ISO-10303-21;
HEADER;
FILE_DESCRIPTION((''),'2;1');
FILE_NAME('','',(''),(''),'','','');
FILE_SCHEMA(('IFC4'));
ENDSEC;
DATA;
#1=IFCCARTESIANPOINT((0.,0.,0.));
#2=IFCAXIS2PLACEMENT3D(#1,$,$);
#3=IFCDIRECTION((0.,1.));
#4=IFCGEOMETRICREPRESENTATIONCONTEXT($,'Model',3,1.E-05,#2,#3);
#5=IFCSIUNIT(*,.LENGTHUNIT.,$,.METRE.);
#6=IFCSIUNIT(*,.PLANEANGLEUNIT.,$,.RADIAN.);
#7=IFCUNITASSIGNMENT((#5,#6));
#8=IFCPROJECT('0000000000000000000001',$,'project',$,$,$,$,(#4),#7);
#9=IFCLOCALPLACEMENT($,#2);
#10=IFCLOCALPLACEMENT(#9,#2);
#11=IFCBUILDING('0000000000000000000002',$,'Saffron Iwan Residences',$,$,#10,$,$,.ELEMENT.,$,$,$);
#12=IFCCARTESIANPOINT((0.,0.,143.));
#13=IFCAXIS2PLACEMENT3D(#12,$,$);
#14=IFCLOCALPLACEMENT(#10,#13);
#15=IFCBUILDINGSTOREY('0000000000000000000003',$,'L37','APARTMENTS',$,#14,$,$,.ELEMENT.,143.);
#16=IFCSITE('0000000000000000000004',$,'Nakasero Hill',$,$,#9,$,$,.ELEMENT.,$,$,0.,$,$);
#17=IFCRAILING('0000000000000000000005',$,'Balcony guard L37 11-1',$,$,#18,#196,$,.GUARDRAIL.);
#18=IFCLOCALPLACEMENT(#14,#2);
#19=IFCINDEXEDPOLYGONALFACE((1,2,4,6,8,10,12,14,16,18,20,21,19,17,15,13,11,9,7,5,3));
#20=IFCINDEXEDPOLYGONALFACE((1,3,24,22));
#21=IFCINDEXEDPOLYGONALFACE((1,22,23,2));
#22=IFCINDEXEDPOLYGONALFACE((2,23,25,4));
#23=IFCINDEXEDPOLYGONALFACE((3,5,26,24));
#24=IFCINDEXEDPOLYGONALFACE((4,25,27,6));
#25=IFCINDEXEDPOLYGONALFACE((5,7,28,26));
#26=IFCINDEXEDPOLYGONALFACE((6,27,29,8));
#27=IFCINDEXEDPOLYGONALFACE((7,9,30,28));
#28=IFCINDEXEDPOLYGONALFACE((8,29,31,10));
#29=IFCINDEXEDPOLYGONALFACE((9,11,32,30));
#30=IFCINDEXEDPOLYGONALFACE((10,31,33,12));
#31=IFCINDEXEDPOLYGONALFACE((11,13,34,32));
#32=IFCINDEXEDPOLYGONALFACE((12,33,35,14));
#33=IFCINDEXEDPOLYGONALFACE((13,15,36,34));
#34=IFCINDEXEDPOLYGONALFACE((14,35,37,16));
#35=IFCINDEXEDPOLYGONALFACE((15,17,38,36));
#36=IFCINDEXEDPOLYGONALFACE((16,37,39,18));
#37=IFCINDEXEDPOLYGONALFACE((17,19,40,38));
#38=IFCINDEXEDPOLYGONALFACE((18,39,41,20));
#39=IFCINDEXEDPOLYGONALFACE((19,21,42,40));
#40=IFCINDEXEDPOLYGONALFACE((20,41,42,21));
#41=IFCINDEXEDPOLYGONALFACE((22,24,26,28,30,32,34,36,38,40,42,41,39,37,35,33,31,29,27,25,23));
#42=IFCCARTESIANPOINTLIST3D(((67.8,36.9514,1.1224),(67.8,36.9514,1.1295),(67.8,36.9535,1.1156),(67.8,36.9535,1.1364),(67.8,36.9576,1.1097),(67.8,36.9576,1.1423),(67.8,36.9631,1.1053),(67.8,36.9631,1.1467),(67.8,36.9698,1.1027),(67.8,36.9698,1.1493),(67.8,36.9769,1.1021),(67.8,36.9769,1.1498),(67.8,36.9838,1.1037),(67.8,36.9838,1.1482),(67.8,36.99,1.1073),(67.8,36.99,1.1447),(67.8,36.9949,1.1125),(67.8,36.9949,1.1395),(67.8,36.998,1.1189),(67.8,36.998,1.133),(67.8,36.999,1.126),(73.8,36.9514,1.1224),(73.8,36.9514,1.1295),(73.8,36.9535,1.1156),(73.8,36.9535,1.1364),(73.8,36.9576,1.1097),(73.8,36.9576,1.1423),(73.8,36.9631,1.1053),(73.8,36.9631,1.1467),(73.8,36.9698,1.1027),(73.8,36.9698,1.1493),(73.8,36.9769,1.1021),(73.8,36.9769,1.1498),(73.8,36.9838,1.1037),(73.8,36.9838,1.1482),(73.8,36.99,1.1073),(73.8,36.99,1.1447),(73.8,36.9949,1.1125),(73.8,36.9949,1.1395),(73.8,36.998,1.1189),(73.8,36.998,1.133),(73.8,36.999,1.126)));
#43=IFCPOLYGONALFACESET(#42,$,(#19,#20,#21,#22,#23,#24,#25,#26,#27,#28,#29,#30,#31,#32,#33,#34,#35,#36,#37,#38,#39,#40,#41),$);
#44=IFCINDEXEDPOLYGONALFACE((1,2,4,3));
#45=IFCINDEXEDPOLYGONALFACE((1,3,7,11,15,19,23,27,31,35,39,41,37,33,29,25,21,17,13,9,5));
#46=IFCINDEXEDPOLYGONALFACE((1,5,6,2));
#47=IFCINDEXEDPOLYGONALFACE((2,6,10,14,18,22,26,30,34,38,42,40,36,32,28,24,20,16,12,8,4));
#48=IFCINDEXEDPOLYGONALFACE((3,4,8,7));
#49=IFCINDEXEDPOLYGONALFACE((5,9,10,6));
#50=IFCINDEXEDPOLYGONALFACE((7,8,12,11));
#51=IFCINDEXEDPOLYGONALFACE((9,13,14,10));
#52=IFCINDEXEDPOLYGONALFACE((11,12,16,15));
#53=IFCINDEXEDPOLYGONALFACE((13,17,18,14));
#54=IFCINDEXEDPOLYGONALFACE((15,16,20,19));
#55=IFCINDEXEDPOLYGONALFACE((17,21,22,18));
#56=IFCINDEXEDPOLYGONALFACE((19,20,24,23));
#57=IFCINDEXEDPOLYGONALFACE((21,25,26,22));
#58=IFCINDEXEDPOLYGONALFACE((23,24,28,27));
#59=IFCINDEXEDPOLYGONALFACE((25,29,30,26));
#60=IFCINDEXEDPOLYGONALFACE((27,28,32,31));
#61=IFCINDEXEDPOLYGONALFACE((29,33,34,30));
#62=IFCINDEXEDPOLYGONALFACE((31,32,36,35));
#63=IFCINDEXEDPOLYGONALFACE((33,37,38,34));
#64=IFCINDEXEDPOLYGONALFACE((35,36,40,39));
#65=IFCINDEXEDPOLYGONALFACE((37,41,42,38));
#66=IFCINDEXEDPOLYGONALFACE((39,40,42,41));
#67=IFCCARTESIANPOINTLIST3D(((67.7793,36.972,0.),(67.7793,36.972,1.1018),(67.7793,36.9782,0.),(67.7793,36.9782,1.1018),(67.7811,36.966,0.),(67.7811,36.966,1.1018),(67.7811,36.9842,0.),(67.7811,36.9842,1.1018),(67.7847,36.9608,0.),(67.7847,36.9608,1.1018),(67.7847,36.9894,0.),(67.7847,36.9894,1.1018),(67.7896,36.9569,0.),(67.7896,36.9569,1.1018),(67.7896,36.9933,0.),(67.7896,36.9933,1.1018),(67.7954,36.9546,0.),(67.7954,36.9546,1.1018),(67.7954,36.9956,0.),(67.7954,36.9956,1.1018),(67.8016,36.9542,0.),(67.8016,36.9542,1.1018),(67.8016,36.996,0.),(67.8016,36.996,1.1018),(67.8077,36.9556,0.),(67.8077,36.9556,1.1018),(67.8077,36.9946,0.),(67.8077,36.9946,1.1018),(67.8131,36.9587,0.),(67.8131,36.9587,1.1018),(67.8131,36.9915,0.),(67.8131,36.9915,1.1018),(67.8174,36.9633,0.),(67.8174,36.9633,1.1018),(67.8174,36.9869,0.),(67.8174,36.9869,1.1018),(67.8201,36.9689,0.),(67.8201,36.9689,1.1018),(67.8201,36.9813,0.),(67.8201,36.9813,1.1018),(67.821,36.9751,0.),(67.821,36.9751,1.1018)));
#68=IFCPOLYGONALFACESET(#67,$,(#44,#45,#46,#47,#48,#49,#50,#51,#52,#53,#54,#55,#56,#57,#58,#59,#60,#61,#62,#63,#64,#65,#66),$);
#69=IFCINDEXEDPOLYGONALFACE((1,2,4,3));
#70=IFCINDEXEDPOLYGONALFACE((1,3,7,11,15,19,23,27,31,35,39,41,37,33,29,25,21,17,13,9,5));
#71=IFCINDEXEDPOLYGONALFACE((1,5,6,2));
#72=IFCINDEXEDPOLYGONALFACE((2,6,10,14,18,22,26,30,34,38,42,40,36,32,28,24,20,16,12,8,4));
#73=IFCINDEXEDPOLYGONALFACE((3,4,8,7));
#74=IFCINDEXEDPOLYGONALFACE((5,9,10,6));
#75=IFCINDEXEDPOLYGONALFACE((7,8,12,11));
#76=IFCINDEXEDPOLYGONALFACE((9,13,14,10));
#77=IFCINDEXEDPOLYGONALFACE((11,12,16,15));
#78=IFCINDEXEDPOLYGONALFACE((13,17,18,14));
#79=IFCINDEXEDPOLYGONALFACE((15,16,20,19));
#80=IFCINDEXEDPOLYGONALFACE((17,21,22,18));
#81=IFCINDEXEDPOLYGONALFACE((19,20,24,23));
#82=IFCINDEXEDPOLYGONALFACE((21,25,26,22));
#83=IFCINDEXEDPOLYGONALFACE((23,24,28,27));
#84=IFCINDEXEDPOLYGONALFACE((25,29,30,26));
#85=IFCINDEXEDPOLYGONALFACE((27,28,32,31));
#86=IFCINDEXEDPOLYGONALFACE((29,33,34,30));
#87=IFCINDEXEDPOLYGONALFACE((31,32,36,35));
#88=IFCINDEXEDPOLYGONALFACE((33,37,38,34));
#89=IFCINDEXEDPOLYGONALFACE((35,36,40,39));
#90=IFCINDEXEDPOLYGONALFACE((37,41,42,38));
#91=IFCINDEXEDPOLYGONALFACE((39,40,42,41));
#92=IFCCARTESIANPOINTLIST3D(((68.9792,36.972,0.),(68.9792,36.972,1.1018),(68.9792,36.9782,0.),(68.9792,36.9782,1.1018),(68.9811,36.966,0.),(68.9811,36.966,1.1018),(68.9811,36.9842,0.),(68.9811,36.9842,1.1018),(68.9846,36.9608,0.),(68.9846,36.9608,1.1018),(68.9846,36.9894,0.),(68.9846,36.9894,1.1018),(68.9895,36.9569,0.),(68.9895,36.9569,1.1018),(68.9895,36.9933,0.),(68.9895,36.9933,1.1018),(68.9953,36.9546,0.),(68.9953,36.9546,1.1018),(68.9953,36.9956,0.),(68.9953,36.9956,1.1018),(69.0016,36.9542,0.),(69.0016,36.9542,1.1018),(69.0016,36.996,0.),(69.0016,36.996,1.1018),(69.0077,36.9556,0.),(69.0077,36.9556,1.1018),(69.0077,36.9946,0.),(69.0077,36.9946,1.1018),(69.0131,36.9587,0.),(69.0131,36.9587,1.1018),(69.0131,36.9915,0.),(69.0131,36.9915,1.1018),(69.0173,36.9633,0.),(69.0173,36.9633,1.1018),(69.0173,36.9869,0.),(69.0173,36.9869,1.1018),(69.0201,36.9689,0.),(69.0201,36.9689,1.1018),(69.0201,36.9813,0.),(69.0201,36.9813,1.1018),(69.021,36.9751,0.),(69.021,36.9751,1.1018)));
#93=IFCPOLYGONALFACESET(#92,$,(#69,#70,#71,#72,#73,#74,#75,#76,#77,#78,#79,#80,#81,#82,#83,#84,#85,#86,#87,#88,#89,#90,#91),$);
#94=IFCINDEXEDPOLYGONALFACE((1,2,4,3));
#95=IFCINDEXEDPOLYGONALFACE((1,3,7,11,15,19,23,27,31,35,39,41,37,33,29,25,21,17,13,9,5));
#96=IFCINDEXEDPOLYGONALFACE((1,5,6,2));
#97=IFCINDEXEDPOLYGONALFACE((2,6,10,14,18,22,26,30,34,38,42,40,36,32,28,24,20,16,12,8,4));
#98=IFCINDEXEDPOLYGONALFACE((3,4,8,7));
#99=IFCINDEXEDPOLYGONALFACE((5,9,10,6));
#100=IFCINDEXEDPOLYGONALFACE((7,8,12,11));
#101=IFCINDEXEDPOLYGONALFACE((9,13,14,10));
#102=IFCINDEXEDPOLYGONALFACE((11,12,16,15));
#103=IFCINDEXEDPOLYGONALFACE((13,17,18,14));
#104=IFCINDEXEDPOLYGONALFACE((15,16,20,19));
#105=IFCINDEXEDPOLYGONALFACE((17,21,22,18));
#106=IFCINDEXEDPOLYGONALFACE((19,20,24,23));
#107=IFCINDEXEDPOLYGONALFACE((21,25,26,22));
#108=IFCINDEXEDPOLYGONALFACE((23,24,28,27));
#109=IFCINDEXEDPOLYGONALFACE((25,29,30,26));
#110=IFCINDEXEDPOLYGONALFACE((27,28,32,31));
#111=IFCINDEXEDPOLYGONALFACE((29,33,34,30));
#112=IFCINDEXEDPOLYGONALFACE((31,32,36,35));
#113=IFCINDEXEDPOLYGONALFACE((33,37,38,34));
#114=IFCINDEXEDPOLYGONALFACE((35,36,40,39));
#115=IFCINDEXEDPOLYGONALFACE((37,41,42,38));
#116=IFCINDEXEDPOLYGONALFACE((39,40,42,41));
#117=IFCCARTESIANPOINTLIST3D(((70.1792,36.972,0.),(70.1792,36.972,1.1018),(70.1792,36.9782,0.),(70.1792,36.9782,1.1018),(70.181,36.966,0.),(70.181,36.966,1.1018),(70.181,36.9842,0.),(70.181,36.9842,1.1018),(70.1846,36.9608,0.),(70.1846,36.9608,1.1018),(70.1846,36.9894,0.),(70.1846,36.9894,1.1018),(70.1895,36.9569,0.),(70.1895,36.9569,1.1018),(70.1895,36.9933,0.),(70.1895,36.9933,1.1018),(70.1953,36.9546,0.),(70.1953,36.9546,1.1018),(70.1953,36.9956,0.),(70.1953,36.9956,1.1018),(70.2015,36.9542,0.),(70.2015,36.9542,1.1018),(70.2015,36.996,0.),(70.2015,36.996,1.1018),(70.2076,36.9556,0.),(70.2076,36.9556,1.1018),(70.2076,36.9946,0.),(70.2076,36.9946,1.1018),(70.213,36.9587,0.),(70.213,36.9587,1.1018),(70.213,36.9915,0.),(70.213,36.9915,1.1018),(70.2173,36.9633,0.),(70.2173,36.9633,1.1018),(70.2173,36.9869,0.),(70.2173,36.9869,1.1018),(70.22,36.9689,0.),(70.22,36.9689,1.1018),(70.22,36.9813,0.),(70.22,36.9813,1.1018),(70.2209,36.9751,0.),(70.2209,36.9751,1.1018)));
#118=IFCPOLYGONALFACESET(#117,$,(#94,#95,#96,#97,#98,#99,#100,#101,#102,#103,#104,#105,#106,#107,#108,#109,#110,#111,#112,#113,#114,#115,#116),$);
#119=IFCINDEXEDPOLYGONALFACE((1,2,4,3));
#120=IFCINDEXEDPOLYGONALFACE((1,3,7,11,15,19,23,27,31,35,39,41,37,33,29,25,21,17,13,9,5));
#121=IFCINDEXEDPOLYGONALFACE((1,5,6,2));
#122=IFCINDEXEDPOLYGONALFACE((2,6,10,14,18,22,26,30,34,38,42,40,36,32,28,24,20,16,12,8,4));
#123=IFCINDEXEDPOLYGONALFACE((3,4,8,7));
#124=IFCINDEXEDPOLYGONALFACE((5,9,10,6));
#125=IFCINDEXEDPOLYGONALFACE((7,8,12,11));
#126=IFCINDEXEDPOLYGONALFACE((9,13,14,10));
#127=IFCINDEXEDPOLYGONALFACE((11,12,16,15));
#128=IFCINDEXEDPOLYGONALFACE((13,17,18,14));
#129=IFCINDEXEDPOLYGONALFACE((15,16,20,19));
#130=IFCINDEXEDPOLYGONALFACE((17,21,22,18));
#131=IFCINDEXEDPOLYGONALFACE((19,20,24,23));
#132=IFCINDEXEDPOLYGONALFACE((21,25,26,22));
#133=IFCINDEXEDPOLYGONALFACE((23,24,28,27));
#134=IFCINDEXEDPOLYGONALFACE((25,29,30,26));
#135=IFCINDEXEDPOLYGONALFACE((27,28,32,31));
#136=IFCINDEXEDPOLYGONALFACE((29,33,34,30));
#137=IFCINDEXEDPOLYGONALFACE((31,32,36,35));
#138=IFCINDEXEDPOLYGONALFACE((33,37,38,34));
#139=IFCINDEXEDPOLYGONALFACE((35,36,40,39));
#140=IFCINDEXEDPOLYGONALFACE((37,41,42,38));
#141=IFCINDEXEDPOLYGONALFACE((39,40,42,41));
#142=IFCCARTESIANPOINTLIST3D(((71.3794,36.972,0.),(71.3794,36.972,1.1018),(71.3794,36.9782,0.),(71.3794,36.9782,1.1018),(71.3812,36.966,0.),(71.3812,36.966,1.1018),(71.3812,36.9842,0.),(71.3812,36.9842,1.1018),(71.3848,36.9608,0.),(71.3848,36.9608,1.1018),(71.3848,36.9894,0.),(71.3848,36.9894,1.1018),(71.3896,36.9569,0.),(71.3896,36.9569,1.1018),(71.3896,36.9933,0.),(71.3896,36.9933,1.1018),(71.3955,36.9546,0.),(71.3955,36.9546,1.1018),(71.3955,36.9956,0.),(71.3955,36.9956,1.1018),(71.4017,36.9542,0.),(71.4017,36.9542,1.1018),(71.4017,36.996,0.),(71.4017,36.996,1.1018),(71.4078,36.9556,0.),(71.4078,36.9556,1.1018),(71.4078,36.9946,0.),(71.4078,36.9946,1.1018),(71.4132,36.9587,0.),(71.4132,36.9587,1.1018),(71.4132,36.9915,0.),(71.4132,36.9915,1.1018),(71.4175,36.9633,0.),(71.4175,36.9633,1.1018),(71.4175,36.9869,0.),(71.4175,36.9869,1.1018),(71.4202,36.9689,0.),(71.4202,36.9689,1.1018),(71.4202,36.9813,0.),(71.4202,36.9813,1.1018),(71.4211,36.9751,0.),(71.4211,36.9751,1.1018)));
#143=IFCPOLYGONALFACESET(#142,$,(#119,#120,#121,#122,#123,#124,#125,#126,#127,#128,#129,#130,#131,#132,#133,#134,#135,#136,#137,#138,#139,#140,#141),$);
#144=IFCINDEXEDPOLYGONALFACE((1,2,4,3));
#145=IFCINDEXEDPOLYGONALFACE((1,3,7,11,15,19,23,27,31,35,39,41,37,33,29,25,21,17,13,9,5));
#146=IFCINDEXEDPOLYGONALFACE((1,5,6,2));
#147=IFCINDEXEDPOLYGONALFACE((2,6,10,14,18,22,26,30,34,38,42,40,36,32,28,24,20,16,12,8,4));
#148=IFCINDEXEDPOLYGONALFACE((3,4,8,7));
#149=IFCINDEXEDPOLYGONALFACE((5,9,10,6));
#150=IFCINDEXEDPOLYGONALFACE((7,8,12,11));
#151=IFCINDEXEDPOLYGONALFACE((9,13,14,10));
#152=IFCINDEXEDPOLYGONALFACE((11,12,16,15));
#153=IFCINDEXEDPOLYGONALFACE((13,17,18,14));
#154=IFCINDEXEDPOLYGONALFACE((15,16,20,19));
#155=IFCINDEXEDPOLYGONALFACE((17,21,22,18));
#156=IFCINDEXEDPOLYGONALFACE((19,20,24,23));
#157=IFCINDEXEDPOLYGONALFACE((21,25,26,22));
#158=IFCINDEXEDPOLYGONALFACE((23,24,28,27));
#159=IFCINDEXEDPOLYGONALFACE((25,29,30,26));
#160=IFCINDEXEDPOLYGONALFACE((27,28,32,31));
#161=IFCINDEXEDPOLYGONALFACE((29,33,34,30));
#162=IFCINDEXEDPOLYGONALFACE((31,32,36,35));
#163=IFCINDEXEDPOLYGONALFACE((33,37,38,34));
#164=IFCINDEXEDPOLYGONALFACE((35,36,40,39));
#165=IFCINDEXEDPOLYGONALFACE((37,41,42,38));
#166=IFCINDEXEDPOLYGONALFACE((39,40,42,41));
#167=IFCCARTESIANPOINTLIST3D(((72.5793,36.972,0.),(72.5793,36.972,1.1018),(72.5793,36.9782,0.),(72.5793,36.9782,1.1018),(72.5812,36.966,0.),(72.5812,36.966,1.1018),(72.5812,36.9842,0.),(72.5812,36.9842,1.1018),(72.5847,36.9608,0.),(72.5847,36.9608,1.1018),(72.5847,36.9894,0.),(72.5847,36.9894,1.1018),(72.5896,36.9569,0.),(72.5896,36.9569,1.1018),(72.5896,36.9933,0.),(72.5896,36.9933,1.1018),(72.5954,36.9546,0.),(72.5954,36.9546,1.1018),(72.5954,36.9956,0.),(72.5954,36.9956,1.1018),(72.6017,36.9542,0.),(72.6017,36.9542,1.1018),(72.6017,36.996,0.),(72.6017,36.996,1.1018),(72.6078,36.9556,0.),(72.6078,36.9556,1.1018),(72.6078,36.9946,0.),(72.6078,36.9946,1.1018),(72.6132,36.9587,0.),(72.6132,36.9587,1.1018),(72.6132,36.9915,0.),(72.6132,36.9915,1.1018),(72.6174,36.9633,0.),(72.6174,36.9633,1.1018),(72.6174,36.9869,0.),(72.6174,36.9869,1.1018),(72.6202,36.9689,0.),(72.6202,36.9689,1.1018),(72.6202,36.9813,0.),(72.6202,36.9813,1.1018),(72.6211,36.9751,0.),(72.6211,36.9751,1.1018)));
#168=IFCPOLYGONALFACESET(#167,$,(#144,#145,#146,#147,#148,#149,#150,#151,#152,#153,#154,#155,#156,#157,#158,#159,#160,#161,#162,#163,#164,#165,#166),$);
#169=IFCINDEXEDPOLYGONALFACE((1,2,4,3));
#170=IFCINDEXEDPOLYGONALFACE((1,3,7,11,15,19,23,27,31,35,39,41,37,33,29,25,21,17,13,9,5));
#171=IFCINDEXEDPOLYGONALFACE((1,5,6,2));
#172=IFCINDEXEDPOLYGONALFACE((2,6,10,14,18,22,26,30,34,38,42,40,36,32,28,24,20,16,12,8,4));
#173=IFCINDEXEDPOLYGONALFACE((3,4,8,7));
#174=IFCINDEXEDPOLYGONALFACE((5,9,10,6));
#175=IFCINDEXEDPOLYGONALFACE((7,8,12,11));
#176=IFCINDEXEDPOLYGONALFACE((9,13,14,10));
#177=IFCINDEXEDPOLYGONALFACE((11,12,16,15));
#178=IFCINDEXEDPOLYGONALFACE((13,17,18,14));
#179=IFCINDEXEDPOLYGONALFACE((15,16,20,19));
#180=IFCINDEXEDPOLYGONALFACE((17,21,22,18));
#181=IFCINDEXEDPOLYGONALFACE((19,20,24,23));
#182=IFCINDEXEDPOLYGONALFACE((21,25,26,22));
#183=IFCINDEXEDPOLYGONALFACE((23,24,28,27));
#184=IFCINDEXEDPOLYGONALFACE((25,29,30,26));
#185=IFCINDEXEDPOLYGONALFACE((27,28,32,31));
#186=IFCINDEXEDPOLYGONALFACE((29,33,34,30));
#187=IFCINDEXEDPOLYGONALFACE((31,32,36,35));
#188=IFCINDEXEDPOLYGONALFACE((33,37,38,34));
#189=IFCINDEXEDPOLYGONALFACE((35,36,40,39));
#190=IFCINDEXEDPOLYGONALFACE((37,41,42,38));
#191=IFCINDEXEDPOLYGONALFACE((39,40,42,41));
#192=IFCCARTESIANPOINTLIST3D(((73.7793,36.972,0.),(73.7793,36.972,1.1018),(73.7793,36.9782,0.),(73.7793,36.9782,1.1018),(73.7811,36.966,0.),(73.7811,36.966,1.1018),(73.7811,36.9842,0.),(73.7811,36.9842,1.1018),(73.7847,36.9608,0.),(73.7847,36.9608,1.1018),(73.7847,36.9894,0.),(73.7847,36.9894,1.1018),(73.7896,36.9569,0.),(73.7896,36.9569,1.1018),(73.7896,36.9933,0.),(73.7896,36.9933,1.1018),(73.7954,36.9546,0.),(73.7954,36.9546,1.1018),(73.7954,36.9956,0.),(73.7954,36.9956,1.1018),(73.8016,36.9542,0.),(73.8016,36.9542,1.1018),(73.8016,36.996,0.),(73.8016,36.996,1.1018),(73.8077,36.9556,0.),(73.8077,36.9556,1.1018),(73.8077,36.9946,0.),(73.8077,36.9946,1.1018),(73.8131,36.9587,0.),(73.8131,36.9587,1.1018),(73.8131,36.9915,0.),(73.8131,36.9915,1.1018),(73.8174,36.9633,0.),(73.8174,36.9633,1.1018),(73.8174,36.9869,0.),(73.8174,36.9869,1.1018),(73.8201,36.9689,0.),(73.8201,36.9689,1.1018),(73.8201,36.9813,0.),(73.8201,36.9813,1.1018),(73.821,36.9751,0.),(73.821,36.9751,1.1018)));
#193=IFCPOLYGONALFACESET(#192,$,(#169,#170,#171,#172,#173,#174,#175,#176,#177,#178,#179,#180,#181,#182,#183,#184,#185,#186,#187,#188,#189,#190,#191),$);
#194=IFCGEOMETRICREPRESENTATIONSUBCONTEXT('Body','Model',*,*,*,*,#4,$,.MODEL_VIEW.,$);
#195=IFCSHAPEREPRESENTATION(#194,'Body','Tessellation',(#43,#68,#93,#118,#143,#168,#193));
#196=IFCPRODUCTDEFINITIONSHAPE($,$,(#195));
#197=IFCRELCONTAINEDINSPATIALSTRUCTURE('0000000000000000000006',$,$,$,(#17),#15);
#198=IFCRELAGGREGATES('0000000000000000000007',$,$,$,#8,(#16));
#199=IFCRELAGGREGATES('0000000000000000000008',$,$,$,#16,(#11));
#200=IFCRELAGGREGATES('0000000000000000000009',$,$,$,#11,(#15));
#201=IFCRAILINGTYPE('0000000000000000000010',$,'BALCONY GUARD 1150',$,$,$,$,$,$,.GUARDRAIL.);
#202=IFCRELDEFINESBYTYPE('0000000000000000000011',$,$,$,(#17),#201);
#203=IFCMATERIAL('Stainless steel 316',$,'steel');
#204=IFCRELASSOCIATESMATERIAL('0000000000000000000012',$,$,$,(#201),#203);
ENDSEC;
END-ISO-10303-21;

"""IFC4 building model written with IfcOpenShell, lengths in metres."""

from ifc_helpers import new_model, si_unit, direction, frame, origin, origin_2d, place, context, subcontext, project, spatial, circle, extrude, material, type_object, element, save


model = new_model("IFC4")

# Units and contexts
model_context = context("Model", 3, precision=1e-05, world=origin(), true_north=direction((0.0, 1.0)))
body_context = subcontext(model_context, "Body", "Model", "MODEL_VIEW")
ifc_project = project(units=[si_unit("LENGTHUNIT", "METRE"), si_unit("PLANEANGLEUNIT", "RADIAN")], contexts=[model_context])

# Site, building, storey
site_placement = place(None, origin())
site = spatial("IfcSite", under=ifc_project, at=site_placement, Name="Nakasero Hill", CompositionType="ELEMENT", RefElevation=0.0)
building_placement = place(site_placement, origin())
building = spatial("IfcBuilding", under=site, at=building_placement, Name="Saffron Iwan Residences", CompositionType="ELEMENT")
storey_placement = place(building_placement, frame((0.0, 0.0, 143.0)))
storey = spatial("IfcBuildingStorey", under=building, at=storey_placement, Name="L37", Description="APARTMENTS", CompositionType="ELEMENT", Elevation=143.0)

# Railing
ifc_material_1 = material(Name="Stainless steel 316", Category="steel")
railing_type = type_object("IfcRailingType", Name="BALCONY GUARD 1150", PredefinedType="GUARDRAIL", material=ifc_material_1)
railing_placement = place(storey_placement, frame((67.8, 36.9751, 0.0)))
element("IfcRailing", 1, at=railing_placement, inside=storey, type_object=railing_type, Name="Balcony guard L37 11-1", PredefinedType="GUARDRAIL", context=body_context, shape_type="SweptSolid", body=[
    extrude(circle(Radius=0.0239, at=origin_2d()), frame((0.0, 0.0, 1.126), z_axis=(1.0, 0.0, 0.0), x_axis=(0.0, 1.0, 0.0)), (0.0, 0.0, 1.0), 6.0),
    extrude(circle(Radius=0.021, at=origin_2d()), origin(), (0.0, 0.0, 1.0), 1.1018),
    extrude(circle(Radius=0.021, at=origin_2d()), frame((1.2, 0.0, 0.0)), (0.0, 0.0, 1.0), 1.1018),
    extrude(circle(Radius=0.021, at=origin_2d()), frame((2.3999, 0.0, 0.0)), (0.0, 0.0, 1.0), 1.1018),
    extrude(circle(Radius=0.021, at=origin_2d()), frame((3.6001, 0.0, 0.0)), (0.0, 0.0, 1.0), 1.1018),
    extrude(circle(Radius=0.021, at=origin_2d()), frame((4.8, 0.0, 0.0)), (0.0, 0.0, 1.0), 1.1018),
    extrude(circle(Radius=0.021, at=origin_2d()), frame((6.0, 0.0, 0.0)), (0.0, 0.0, 1.0), 1.1018),
])

save(model, "model.ifc")
